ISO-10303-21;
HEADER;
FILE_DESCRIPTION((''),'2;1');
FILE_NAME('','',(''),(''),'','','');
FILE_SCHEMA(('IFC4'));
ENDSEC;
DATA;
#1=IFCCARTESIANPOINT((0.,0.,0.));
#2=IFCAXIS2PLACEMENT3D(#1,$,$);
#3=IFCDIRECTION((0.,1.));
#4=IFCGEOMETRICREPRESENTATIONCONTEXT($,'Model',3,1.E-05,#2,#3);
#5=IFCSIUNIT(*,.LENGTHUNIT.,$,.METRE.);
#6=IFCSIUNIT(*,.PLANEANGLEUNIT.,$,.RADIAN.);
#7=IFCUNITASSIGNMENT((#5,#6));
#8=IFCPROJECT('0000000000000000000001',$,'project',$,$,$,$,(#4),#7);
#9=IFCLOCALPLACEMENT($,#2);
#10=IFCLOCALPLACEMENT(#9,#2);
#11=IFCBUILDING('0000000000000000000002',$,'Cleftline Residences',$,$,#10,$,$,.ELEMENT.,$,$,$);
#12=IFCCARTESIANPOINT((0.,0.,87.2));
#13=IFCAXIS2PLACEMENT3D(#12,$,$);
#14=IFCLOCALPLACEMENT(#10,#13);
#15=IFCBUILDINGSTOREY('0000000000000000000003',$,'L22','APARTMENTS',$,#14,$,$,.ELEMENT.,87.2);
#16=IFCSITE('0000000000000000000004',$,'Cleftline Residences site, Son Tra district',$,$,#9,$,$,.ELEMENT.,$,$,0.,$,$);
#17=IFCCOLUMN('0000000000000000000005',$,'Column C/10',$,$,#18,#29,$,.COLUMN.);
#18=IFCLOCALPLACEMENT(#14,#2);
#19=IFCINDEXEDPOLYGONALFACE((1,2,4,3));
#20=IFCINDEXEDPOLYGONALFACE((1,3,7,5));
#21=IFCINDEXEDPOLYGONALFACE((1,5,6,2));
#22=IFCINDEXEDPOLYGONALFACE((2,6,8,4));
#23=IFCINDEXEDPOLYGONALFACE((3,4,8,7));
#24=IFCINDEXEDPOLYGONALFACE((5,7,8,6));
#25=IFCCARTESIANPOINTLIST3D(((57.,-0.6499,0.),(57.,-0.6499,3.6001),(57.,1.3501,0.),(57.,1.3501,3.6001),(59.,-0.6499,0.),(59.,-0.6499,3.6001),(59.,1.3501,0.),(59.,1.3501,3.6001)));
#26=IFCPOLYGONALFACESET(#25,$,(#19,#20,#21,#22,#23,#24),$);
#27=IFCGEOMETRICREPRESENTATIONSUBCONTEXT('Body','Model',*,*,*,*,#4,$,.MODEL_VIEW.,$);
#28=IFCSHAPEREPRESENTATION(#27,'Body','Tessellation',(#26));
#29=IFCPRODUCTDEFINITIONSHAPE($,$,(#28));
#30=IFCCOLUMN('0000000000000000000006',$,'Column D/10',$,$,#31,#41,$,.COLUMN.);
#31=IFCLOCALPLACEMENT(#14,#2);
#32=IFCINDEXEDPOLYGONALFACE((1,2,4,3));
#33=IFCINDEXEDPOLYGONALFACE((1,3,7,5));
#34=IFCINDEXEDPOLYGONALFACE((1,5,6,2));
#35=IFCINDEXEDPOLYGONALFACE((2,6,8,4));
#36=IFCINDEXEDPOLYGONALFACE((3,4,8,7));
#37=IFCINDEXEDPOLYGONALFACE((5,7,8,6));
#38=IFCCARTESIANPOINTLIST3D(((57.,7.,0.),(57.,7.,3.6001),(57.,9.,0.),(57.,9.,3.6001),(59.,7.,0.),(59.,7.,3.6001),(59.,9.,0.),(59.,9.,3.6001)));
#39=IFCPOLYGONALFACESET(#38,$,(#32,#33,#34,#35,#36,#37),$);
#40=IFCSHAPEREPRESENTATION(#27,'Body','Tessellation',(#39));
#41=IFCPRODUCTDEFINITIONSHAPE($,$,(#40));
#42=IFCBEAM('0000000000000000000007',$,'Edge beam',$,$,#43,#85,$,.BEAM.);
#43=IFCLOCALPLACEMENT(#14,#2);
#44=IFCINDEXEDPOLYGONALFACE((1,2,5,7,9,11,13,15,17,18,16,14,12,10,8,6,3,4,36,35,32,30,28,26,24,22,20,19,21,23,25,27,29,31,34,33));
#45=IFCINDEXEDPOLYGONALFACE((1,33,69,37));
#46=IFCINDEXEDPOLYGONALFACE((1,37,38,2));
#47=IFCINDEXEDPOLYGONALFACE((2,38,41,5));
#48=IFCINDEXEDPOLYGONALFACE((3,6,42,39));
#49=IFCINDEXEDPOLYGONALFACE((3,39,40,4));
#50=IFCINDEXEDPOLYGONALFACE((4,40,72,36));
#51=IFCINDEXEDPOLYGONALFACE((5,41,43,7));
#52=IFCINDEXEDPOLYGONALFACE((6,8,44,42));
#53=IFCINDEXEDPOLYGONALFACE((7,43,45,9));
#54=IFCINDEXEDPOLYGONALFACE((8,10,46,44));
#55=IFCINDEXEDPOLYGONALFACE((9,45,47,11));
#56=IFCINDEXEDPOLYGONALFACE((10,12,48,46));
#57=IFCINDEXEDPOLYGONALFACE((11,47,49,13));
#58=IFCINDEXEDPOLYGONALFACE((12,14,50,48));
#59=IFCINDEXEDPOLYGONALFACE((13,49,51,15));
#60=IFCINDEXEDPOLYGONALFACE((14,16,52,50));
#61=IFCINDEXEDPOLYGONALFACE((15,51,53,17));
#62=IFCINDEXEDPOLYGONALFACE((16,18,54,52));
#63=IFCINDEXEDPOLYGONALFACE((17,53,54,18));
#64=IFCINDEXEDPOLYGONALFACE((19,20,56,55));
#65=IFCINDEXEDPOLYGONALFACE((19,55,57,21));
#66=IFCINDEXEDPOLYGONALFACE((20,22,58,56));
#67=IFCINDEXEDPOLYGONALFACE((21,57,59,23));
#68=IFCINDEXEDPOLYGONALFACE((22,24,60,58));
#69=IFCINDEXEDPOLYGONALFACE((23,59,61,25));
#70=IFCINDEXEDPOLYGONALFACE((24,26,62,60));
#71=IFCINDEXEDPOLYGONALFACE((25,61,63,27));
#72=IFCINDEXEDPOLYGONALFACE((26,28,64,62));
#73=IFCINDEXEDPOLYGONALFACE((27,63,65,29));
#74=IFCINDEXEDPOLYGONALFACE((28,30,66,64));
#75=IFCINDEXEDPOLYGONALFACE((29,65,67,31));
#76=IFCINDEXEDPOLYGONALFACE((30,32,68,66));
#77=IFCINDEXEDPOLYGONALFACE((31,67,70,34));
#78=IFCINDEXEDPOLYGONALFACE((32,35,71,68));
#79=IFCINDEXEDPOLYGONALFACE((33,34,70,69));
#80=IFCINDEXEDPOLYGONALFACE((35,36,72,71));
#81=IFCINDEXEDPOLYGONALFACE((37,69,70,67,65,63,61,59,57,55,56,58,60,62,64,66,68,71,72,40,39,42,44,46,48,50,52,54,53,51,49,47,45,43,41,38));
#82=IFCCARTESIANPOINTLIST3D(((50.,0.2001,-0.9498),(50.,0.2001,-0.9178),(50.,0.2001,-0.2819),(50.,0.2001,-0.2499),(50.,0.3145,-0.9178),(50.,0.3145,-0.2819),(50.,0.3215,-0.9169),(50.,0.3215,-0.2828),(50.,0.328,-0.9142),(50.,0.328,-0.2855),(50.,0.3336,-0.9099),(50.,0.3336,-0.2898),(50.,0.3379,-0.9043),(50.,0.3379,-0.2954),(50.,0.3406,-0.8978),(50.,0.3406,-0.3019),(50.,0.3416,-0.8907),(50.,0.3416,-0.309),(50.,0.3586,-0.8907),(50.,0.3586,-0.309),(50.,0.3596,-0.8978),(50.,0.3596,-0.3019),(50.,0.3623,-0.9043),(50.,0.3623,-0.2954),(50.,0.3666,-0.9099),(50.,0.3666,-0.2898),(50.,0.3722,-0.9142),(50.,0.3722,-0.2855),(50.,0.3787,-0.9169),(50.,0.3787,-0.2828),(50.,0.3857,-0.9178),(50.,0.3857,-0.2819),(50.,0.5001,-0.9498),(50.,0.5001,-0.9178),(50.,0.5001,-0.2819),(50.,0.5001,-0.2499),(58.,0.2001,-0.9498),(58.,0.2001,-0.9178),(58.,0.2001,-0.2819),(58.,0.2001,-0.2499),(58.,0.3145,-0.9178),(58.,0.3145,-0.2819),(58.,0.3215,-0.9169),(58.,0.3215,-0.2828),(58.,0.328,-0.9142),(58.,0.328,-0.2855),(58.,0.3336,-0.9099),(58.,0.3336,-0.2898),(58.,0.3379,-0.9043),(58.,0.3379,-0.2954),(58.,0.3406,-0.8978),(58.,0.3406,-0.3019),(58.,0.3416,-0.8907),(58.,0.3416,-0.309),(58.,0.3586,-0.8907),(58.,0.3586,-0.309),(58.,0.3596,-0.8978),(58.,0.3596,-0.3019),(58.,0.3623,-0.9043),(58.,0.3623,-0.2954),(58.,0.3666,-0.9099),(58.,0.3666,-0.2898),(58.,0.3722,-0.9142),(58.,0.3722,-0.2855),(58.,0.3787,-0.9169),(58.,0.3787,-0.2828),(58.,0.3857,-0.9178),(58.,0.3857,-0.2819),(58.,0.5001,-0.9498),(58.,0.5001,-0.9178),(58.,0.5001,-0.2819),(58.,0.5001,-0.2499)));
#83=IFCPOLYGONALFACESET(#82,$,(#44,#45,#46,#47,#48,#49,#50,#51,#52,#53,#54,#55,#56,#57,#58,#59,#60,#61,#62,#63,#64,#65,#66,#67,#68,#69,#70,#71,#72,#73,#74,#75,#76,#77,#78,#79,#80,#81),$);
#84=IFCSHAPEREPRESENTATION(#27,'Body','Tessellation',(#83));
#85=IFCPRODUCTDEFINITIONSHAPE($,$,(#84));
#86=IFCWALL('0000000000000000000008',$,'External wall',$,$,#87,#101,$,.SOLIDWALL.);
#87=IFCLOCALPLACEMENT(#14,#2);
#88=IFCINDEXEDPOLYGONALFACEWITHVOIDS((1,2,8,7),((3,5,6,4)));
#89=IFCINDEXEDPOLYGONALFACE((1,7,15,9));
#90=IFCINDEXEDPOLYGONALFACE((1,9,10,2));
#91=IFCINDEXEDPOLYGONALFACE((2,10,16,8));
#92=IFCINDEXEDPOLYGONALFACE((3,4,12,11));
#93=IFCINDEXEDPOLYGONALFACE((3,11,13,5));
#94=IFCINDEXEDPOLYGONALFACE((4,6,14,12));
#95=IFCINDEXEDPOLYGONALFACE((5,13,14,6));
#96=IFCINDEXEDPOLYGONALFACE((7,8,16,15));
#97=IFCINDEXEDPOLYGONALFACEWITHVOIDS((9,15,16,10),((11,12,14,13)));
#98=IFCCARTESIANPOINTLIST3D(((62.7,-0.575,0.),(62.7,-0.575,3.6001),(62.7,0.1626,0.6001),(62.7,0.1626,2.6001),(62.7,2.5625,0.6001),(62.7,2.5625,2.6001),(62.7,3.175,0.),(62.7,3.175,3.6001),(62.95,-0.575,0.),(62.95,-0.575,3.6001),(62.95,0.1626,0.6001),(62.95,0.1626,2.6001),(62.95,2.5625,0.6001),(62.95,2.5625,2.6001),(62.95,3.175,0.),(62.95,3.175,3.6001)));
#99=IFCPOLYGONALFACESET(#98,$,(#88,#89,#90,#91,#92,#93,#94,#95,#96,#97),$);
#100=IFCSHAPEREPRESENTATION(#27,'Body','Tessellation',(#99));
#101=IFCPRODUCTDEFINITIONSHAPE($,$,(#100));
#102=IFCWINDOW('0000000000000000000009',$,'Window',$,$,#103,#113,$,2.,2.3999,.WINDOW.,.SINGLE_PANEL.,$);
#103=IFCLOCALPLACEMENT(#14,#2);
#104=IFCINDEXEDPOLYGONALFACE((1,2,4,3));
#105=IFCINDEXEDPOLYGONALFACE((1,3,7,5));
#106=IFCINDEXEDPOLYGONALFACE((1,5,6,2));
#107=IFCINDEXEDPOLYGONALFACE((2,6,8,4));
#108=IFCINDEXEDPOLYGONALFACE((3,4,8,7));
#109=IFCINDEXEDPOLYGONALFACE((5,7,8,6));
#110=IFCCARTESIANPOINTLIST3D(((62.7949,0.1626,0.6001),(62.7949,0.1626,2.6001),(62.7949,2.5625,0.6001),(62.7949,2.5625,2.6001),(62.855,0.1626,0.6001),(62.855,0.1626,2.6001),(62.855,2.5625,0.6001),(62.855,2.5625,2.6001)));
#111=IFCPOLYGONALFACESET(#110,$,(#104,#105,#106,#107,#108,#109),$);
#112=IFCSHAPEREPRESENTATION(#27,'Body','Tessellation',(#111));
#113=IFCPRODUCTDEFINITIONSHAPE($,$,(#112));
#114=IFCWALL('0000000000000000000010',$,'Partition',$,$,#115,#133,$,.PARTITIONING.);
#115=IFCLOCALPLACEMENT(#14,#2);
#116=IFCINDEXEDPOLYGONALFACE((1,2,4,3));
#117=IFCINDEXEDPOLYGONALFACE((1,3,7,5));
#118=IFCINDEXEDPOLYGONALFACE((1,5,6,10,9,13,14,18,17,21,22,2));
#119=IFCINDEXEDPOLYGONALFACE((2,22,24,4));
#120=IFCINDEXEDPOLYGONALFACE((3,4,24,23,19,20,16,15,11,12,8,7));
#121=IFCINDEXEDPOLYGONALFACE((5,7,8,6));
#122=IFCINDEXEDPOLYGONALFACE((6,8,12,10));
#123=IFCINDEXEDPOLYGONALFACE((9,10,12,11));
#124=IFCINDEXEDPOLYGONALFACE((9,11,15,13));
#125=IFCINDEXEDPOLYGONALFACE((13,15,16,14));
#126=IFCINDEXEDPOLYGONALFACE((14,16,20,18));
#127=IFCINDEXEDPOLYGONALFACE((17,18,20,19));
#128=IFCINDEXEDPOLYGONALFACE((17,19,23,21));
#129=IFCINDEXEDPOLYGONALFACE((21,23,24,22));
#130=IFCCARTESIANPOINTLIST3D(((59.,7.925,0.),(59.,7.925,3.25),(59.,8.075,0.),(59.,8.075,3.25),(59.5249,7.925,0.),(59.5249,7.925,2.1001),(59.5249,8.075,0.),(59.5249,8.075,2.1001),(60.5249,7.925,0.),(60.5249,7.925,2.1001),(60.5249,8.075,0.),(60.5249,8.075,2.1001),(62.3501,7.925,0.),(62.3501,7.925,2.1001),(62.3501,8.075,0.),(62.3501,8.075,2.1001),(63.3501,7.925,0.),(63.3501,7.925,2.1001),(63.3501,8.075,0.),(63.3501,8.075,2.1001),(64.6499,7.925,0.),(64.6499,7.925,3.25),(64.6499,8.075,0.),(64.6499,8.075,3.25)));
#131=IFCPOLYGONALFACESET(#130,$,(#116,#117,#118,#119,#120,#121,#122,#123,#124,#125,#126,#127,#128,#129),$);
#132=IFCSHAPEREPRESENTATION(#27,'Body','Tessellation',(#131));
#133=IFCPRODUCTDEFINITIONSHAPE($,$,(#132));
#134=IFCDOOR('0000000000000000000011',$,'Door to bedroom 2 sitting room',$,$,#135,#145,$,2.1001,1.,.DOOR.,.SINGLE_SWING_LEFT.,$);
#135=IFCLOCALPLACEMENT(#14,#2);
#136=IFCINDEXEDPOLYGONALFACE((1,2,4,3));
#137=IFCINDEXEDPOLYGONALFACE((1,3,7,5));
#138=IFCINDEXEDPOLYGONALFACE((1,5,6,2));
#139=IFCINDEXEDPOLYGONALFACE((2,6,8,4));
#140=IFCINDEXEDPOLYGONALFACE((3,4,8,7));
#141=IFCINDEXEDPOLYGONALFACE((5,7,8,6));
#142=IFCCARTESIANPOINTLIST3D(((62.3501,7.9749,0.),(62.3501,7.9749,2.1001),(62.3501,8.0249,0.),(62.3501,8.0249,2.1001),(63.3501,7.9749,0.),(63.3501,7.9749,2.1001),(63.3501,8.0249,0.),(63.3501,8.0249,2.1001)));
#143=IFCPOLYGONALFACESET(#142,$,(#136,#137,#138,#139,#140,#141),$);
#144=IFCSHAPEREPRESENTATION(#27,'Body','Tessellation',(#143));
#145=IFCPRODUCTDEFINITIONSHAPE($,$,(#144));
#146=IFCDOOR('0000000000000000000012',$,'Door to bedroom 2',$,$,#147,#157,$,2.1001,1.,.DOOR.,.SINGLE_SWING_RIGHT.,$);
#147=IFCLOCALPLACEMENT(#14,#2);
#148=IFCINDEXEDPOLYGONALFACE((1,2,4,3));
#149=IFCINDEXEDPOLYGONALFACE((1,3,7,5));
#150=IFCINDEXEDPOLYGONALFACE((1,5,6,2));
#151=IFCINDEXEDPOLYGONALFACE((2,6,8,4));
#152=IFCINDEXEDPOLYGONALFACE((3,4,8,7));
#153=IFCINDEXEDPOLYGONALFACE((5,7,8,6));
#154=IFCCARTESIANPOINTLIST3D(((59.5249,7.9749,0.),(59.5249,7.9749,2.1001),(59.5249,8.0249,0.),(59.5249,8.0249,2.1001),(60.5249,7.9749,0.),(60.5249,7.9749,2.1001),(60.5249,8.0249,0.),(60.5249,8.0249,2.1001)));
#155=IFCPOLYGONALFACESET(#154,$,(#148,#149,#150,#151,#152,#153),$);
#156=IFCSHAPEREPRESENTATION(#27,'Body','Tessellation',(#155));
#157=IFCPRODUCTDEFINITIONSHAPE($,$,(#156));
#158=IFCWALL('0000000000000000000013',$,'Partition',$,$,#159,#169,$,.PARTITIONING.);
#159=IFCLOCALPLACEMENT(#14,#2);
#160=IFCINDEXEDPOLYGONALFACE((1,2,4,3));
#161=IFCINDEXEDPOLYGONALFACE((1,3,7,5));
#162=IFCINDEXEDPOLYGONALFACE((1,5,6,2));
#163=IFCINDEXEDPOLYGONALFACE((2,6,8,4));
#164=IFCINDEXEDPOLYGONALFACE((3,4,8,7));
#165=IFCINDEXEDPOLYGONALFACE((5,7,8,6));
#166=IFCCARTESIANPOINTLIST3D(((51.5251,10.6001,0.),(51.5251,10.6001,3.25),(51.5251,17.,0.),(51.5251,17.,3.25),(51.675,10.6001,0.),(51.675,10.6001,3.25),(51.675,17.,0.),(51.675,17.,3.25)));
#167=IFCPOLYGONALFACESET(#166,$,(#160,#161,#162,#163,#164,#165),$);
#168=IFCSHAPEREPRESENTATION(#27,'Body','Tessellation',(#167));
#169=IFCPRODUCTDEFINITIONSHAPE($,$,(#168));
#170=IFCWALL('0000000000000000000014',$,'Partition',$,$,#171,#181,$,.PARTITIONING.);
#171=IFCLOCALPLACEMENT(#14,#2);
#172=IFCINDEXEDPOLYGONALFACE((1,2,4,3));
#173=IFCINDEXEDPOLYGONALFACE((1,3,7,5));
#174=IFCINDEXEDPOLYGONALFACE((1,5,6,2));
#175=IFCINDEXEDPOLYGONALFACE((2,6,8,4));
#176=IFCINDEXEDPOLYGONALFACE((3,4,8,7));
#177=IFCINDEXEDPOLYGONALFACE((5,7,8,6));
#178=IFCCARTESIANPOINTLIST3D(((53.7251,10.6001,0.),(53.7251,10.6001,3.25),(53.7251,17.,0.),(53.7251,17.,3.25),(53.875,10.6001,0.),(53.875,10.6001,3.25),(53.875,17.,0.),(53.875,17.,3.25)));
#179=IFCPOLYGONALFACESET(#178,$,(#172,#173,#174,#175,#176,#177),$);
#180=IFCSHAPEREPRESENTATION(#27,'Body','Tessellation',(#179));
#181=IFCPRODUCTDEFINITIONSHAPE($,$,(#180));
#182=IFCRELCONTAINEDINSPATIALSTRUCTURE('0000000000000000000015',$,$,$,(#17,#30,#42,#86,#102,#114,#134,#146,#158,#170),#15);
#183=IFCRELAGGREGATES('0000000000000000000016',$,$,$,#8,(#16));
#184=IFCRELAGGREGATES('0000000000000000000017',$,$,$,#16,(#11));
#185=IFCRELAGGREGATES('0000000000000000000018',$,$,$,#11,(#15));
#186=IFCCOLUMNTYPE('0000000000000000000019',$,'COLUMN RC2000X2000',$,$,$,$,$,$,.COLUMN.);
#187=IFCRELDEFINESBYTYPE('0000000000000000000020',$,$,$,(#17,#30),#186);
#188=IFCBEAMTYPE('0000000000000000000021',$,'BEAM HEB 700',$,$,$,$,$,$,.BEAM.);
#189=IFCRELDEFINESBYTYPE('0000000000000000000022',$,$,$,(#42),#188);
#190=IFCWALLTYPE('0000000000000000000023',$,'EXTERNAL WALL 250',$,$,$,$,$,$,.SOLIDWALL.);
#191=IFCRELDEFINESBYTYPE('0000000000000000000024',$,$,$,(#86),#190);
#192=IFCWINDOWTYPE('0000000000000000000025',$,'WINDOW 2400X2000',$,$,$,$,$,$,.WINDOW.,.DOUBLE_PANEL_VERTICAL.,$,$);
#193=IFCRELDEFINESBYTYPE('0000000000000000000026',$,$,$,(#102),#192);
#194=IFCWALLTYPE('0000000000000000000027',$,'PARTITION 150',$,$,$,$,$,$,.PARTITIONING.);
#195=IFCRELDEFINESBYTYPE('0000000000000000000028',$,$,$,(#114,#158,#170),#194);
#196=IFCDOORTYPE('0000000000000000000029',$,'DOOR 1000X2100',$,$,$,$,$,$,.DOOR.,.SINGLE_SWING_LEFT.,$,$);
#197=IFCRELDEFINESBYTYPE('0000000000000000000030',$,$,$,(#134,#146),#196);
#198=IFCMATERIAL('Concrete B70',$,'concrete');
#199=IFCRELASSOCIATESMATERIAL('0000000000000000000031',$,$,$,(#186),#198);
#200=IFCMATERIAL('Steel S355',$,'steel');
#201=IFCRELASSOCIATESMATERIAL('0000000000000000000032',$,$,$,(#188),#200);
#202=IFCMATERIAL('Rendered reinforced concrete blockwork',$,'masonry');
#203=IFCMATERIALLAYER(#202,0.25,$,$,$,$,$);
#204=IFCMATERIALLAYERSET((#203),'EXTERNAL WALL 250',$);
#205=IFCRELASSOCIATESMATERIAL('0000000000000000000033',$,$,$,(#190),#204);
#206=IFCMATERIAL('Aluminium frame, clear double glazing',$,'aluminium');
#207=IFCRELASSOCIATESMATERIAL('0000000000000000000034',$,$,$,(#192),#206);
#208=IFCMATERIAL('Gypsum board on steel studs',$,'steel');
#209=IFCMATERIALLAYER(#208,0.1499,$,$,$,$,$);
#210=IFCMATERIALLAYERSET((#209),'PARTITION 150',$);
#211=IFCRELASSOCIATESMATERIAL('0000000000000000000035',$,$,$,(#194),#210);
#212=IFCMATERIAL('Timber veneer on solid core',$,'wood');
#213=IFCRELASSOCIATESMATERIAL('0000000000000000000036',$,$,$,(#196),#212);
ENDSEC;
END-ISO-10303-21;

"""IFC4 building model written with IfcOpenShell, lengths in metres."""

from ifc_helpers import new_model, si_unit, direction, frame, frame_2d, origin, origin_2d, place, context, subcontext, project, spatial, rectangle, i_section, extrude, material, layer, layer_set, material_profile, profile_set, type_object, element, fill, save


model = new_model("IFC4")

# Units and contexts
model_context = context("Model", 3, precision=1e-05, world=origin(), true_north=direction((0.0, 1.0)))
body_context = subcontext(model_context, "Body", "Model", "MODEL_VIEW")
ifc_project = project(units=[si_unit("LENGTHUNIT", "METRE"), si_unit("PLANEANGLEUNIT", "RADIAN")], contexts=[model_context])

# Site, building, storey
site_placement = place(None, origin())
site = spatial("IfcSite", under=ifc_project, at=site_placement, Name="Cleftline Residences site, Son Tra district", CompositionType="ELEMENT", RefElevation=0.0)
building_placement = place(site_placement, origin())
building = spatial("IfcBuilding", under=site, at=building_placement, Name="Cleftline Residences", CompositionType="ELEMENT")
storey_placement = place(building_placement, frame((0.0, 0.0, 87.2)))
storey = spatial("IfcBuildingStorey", under=building, at=storey_placement, Name="L22", Description="APARTMENTS", CompositionType="ELEMENT", Elevation=87.2)

# Columns
ifc_material_1 = material(Name="Concrete B70", Category="concrete")
ifc_material_profile_1 = material_profile(ifc_material_1, rectangle(XDim=2.0, YDim=2.0, at=origin_2d()))
ifc_profile_set_1 = profile_set([ifc_material_profile_1], Name="Concrete B70")
column_type = type_object("IfcColumnType", Name="COLUMN RC2000X2000", PredefinedType="COLUMN", material=ifc_profile_set_1)
for number, where, z_axis, x_axis, name in (
    (1, (58.0, 0.3501, 0.0), (0.0, 0.0, 1.0), (1.0, 0.0, 0.0), "Column C/10"),
    (2, (58.0, 8.0, 0.0), (0.0, 0.0, 1.0), (1.0, 0.0, 0.0), "Column D/10"),
):
    element("IfcColumn", number, at=place(storey_placement, frame(where, z_axis=z_axis, x_axis=x_axis)), inside=storey, type_object=column_type, Name=name, PredefinedType="COLUMN", context=body_context, shape_type="SweptSolid", body=[
        extrude(rectangle(XDim=2.0, YDim=2.0, at=origin_2d()), origin(), (0.0, 0.0, 1.0), 3.6001),
    ])

# Beam
ifc_material_2 = material(Name="Steel S355", Category="steel")
ifc_material_profile_2 = material_profile(ifc_material_2, i_section(OverallWidth=0.3, OverallDepth=0.7, WebThickness=0.0171, FlangeThickness=0.032, FilletRadius=0.0271, at=origin_2d()))
ifc_profile_set_2 = profile_set([ifc_material_profile_2], Name="Steel S355")
beam_type = type_object("IfcBeamType", Name="BEAM HEB 700", PredefinedType="BEAM", material=ifc_profile_set_2)
beam_placement = place(storey_placement, frame((58.0, 0.3501, -0.5999), z_axis=(-1.0, 0.0, 0.0), x_axis=(0.0, -1.0, 0.0)))
element("IfcBeam", 3, at=beam_placement, inside=storey, type_object=beam_type, Name="Edge beam", PredefinedType="BEAM", context=body_context, shape_type="SweptSolid", body=[
    extrude(i_section(OverallWidth=0.3, OverallDepth=0.7, WebThickness=0.0171, FlangeThickness=0.032, FilletRadius=0.0271, at=origin_2d()), origin(), (0.0, 0.0, 1.0), 8.0),
])

# Wall, opening, window
ifc_material_3 = material(Name="Rendered reinforced concrete blockwork", Category="masonry")
ifc_layer_1 = layer(ifc_material_3, 0.25)
ifc_layer_set_1 = layer_set([ifc_layer_1], Name="EXTERNAL WALL 250")
wall_type_1 = type_object("IfcWallType", Name="EXTERNAL WALL 250", PredefinedType="SOLIDWALL", material=ifc_layer_set_1)
wall_1_placement = place(storey_placement, frame((62.825, -0.575, 0.0), z_axis=(0.0, 0.0, 1.0), x_axis=(0.0, 1.0, 0.0)))
wall_1 = element("IfcWall", 4, at=wall_1_placement, inside=storey, type_object=wall_type_1, Name="External wall", PredefinedType="SOLIDWALL", context=body_context, shape_type="SweptSolid", body=[
    extrude(rectangle(XDim=3.75, YDim=0.25, at=frame_2d((1.875, 0.0))), origin(), (0.0, 0.0, 1.0), 3.6001),
])
opening_1_placement = place(wall_1_placement, frame((0.7375, 0.0, 0.6001)))
opening_1 = element("IfcOpeningElement", 5, at=opening_1_placement, cuts=wall_1, PredefinedType="OPENING", context=body_context, shape_type="SweptSolid", body=[
    extrude(rectangle(XDim=2.3999, YDim=2.0, at=frame_2d((1.2, 1.0))), frame((0.0, 0.135, 0.0), z_axis=(0.0, -1.0, 0.0), x_axis=(1.0, 0.0, 0.0)), (0.0, 0.0, 1.0), 0.27),
])
ifc_material_4 = material(Name="Aluminium frame, clear double glazing", Category="aluminium")
window_type = type_object("IfcWindowType", Name="WINDOW 2400X2000", PartitioningType="DOUBLE_PANEL_VERTICAL", PredefinedType="WINDOW", material=ifc_material_4)
window_placement = place(opening_1_placement, origin())
window = element("IfcWindow", 6, at=window_placement, inside=storey, type_object=window_type, Name="Window", OverallHeight=2.0, OverallWidth=2.3999, PartitioningType="SINGLE_PANEL", PredefinedType="WINDOW", context=body_context, shape_type="SweptSolid", body=[
    extrude(rectangle(XDim=2.3999, YDim=2.0, at=frame_2d((1.2, 1.0))), frame((0.0, 0.03, 0.0), z_axis=(0.0, -1.0, 0.0), x_axis=(1.0, 0.0, 0.0)), (0.0, 0.0, 1.0), 0.0601),
])
fill(opening_1, window)

# Wall, openings, doors
ifc_material_5 = material(Name="Gypsum board on steel studs", Category="steel")
ifc_layer_2 = layer(ifc_material_5, 0.1499)
ifc_layer_set_2 = layer_set([ifc_layer_2], Name="PARTITION 150")
wall_type_2 = type_object("IfcWallType", Name="PARTITION 150", PredefinedType="PARTITIONING", material=ifc_layer_set_2)
wall_2_placement = place(storey_placement, frame((59.0, 8.0, 0.0), z_axis=(0.0, 0.0, 1.0), x_axis=(1.0, 0.0, 0.0)))
wall_2 = element("IfcWall", 7, at=wall_2_placement, inside=storey, type_object=wall_type_2, Name="Partition", PredefinedType="PARTITIONING", context=body_context, shape_type="SweptSolid", body=[
    extrude(rectangle(XDim=5.6499, YDim=0.1499, at=frame_2d((2.825, 0.0))), origin(), (0.0, 0.0, 1.0), 3.25),
])
opening_2_placement = place(wall_2_placement, frame((3.3501, 0.0, 0.0)))
opening_2 = element("IfcOpeningElement", 8, at=opening_2_placement, cuts=wall_2, PredefinedType="OPENING", context=body_context, shape_type="SweptSolid", body=[
    extrude(rectangle(XDim=1.0, YDim=2.1001, at=frame_2d((0.5, 1.05))), frame((0.0, 0.085, 0.0), z_axis=(0.0, -1.0, 0.0), x_axis=(1.0, 0.0, 0.0)), (0.0, 0.0, 1.0), 0.1699),
])
opening_3_placement = place(wall_2_placement, frame((0.5249, 0.0, 0.0)))
opening_3 = element("IfcOpeningElement", 9, at=opening_3_placement, cuts=wall_2, PredefinedType="OPENING", context=body_context, shape_type="SweptSolid", body=[
    extrude(rectangle(XDim=1.0, YDim=2.1001, at=frame_2d((0.5, 1.05))), frame((0.0, 0.085, 0.0), z_axis=(0.0, -1.0, 0.0), x_axis=(1.0, 0.0, 0.0)), (0.0, 0.0, 1.0), 0.1699),
])
ifc_material_6 = material(Name="Timber veneer on solid core", Category="wood")
door_type_1 = type_object("IfcDoorType", Name="DOOR 1000X2100", OperationType="SINGLE_SWING_LEFT", PredefinedType="DOOR", material=ifc_material_6)
door_1_placement = place(opening_2_placement, origin())
door_1 = element("IfcDoor", 10, at=door_1_placement, inside=storey, type_object=door_type_1, Name="Door to bedroom 2 sitting room", OperationType="SINGLE_SWING_LEFT", OverallHeight=2.1001, OverallWidth=1.0, PredefinedType="DOOR", context=body_context, shape_type="SweptSolid", body=[
    extrude(rectangle(XDim=1.0, YDim=2.1001, at=frame_2d((0.5, 1.05))), frame((0.0, 0.0249, 0.0), z_axis=(0.0, -1.0, 0.0), x_axis=(1.0, 0.0, 0.0)), (0.0, 0.0, 1.0), 0.05),
])
fill(opening_2, door_1)
door_2_placement = place(opening_3_placement, origin())
door_2 = element("IfcDoor", 11, at=door_2_placement, inside=storey, type_object=door_type_1, Name="Door to bedroom 2", OperationType="SINGLE_SWING_RIGHT", OverallHeight=2.1001, OverallWidth=1.0, PredefinedType="DOOR", context=body_context, shape_type="SweptSolid", body=[
    extrude(rectangle(XDim=1.0, YDim=2.1001, at=frame_2d((0.5, 1.05))), frame((0.0, 0.0249, 0.0), z_axis=(0.0, -1.0, 0.0), x_axis=(1.0, 0.0, 0.0)), (0.0, 0.0, 1.0), 0.05),
])
fill(opening_3, door_2)

# Walls
for number, where, z_axis, x_axis, name in (
    (12, (51.6001, 10.6001, 0.0), (0.0, 0.0, 1.0), (0.0, 1.0, 0.0), "Partition"),
    (13, (53.8, 10.6001, 0.0), (0.0, 0.0, 1.0), (0.0, 1.0, 0.0), "Partition"),
):
    element("IfcWall", number, at=place(storey_placement, frame(where, z_axis=z_axis, x_axis=x_axis)), inside=storey, type_object=wall_type_2, Name=name, PredefinedType="PARTITIONING", context=body_context, shape_type="SweptSolid", body=[
        extrude(rectangle(XDim=6.3999, YDim=0.1499, at=frame_2d((3.2, 0.0))), origin(), (0.0, 0.0, 1.0), 3.25),
    ])

save(model, "model.ifc")
